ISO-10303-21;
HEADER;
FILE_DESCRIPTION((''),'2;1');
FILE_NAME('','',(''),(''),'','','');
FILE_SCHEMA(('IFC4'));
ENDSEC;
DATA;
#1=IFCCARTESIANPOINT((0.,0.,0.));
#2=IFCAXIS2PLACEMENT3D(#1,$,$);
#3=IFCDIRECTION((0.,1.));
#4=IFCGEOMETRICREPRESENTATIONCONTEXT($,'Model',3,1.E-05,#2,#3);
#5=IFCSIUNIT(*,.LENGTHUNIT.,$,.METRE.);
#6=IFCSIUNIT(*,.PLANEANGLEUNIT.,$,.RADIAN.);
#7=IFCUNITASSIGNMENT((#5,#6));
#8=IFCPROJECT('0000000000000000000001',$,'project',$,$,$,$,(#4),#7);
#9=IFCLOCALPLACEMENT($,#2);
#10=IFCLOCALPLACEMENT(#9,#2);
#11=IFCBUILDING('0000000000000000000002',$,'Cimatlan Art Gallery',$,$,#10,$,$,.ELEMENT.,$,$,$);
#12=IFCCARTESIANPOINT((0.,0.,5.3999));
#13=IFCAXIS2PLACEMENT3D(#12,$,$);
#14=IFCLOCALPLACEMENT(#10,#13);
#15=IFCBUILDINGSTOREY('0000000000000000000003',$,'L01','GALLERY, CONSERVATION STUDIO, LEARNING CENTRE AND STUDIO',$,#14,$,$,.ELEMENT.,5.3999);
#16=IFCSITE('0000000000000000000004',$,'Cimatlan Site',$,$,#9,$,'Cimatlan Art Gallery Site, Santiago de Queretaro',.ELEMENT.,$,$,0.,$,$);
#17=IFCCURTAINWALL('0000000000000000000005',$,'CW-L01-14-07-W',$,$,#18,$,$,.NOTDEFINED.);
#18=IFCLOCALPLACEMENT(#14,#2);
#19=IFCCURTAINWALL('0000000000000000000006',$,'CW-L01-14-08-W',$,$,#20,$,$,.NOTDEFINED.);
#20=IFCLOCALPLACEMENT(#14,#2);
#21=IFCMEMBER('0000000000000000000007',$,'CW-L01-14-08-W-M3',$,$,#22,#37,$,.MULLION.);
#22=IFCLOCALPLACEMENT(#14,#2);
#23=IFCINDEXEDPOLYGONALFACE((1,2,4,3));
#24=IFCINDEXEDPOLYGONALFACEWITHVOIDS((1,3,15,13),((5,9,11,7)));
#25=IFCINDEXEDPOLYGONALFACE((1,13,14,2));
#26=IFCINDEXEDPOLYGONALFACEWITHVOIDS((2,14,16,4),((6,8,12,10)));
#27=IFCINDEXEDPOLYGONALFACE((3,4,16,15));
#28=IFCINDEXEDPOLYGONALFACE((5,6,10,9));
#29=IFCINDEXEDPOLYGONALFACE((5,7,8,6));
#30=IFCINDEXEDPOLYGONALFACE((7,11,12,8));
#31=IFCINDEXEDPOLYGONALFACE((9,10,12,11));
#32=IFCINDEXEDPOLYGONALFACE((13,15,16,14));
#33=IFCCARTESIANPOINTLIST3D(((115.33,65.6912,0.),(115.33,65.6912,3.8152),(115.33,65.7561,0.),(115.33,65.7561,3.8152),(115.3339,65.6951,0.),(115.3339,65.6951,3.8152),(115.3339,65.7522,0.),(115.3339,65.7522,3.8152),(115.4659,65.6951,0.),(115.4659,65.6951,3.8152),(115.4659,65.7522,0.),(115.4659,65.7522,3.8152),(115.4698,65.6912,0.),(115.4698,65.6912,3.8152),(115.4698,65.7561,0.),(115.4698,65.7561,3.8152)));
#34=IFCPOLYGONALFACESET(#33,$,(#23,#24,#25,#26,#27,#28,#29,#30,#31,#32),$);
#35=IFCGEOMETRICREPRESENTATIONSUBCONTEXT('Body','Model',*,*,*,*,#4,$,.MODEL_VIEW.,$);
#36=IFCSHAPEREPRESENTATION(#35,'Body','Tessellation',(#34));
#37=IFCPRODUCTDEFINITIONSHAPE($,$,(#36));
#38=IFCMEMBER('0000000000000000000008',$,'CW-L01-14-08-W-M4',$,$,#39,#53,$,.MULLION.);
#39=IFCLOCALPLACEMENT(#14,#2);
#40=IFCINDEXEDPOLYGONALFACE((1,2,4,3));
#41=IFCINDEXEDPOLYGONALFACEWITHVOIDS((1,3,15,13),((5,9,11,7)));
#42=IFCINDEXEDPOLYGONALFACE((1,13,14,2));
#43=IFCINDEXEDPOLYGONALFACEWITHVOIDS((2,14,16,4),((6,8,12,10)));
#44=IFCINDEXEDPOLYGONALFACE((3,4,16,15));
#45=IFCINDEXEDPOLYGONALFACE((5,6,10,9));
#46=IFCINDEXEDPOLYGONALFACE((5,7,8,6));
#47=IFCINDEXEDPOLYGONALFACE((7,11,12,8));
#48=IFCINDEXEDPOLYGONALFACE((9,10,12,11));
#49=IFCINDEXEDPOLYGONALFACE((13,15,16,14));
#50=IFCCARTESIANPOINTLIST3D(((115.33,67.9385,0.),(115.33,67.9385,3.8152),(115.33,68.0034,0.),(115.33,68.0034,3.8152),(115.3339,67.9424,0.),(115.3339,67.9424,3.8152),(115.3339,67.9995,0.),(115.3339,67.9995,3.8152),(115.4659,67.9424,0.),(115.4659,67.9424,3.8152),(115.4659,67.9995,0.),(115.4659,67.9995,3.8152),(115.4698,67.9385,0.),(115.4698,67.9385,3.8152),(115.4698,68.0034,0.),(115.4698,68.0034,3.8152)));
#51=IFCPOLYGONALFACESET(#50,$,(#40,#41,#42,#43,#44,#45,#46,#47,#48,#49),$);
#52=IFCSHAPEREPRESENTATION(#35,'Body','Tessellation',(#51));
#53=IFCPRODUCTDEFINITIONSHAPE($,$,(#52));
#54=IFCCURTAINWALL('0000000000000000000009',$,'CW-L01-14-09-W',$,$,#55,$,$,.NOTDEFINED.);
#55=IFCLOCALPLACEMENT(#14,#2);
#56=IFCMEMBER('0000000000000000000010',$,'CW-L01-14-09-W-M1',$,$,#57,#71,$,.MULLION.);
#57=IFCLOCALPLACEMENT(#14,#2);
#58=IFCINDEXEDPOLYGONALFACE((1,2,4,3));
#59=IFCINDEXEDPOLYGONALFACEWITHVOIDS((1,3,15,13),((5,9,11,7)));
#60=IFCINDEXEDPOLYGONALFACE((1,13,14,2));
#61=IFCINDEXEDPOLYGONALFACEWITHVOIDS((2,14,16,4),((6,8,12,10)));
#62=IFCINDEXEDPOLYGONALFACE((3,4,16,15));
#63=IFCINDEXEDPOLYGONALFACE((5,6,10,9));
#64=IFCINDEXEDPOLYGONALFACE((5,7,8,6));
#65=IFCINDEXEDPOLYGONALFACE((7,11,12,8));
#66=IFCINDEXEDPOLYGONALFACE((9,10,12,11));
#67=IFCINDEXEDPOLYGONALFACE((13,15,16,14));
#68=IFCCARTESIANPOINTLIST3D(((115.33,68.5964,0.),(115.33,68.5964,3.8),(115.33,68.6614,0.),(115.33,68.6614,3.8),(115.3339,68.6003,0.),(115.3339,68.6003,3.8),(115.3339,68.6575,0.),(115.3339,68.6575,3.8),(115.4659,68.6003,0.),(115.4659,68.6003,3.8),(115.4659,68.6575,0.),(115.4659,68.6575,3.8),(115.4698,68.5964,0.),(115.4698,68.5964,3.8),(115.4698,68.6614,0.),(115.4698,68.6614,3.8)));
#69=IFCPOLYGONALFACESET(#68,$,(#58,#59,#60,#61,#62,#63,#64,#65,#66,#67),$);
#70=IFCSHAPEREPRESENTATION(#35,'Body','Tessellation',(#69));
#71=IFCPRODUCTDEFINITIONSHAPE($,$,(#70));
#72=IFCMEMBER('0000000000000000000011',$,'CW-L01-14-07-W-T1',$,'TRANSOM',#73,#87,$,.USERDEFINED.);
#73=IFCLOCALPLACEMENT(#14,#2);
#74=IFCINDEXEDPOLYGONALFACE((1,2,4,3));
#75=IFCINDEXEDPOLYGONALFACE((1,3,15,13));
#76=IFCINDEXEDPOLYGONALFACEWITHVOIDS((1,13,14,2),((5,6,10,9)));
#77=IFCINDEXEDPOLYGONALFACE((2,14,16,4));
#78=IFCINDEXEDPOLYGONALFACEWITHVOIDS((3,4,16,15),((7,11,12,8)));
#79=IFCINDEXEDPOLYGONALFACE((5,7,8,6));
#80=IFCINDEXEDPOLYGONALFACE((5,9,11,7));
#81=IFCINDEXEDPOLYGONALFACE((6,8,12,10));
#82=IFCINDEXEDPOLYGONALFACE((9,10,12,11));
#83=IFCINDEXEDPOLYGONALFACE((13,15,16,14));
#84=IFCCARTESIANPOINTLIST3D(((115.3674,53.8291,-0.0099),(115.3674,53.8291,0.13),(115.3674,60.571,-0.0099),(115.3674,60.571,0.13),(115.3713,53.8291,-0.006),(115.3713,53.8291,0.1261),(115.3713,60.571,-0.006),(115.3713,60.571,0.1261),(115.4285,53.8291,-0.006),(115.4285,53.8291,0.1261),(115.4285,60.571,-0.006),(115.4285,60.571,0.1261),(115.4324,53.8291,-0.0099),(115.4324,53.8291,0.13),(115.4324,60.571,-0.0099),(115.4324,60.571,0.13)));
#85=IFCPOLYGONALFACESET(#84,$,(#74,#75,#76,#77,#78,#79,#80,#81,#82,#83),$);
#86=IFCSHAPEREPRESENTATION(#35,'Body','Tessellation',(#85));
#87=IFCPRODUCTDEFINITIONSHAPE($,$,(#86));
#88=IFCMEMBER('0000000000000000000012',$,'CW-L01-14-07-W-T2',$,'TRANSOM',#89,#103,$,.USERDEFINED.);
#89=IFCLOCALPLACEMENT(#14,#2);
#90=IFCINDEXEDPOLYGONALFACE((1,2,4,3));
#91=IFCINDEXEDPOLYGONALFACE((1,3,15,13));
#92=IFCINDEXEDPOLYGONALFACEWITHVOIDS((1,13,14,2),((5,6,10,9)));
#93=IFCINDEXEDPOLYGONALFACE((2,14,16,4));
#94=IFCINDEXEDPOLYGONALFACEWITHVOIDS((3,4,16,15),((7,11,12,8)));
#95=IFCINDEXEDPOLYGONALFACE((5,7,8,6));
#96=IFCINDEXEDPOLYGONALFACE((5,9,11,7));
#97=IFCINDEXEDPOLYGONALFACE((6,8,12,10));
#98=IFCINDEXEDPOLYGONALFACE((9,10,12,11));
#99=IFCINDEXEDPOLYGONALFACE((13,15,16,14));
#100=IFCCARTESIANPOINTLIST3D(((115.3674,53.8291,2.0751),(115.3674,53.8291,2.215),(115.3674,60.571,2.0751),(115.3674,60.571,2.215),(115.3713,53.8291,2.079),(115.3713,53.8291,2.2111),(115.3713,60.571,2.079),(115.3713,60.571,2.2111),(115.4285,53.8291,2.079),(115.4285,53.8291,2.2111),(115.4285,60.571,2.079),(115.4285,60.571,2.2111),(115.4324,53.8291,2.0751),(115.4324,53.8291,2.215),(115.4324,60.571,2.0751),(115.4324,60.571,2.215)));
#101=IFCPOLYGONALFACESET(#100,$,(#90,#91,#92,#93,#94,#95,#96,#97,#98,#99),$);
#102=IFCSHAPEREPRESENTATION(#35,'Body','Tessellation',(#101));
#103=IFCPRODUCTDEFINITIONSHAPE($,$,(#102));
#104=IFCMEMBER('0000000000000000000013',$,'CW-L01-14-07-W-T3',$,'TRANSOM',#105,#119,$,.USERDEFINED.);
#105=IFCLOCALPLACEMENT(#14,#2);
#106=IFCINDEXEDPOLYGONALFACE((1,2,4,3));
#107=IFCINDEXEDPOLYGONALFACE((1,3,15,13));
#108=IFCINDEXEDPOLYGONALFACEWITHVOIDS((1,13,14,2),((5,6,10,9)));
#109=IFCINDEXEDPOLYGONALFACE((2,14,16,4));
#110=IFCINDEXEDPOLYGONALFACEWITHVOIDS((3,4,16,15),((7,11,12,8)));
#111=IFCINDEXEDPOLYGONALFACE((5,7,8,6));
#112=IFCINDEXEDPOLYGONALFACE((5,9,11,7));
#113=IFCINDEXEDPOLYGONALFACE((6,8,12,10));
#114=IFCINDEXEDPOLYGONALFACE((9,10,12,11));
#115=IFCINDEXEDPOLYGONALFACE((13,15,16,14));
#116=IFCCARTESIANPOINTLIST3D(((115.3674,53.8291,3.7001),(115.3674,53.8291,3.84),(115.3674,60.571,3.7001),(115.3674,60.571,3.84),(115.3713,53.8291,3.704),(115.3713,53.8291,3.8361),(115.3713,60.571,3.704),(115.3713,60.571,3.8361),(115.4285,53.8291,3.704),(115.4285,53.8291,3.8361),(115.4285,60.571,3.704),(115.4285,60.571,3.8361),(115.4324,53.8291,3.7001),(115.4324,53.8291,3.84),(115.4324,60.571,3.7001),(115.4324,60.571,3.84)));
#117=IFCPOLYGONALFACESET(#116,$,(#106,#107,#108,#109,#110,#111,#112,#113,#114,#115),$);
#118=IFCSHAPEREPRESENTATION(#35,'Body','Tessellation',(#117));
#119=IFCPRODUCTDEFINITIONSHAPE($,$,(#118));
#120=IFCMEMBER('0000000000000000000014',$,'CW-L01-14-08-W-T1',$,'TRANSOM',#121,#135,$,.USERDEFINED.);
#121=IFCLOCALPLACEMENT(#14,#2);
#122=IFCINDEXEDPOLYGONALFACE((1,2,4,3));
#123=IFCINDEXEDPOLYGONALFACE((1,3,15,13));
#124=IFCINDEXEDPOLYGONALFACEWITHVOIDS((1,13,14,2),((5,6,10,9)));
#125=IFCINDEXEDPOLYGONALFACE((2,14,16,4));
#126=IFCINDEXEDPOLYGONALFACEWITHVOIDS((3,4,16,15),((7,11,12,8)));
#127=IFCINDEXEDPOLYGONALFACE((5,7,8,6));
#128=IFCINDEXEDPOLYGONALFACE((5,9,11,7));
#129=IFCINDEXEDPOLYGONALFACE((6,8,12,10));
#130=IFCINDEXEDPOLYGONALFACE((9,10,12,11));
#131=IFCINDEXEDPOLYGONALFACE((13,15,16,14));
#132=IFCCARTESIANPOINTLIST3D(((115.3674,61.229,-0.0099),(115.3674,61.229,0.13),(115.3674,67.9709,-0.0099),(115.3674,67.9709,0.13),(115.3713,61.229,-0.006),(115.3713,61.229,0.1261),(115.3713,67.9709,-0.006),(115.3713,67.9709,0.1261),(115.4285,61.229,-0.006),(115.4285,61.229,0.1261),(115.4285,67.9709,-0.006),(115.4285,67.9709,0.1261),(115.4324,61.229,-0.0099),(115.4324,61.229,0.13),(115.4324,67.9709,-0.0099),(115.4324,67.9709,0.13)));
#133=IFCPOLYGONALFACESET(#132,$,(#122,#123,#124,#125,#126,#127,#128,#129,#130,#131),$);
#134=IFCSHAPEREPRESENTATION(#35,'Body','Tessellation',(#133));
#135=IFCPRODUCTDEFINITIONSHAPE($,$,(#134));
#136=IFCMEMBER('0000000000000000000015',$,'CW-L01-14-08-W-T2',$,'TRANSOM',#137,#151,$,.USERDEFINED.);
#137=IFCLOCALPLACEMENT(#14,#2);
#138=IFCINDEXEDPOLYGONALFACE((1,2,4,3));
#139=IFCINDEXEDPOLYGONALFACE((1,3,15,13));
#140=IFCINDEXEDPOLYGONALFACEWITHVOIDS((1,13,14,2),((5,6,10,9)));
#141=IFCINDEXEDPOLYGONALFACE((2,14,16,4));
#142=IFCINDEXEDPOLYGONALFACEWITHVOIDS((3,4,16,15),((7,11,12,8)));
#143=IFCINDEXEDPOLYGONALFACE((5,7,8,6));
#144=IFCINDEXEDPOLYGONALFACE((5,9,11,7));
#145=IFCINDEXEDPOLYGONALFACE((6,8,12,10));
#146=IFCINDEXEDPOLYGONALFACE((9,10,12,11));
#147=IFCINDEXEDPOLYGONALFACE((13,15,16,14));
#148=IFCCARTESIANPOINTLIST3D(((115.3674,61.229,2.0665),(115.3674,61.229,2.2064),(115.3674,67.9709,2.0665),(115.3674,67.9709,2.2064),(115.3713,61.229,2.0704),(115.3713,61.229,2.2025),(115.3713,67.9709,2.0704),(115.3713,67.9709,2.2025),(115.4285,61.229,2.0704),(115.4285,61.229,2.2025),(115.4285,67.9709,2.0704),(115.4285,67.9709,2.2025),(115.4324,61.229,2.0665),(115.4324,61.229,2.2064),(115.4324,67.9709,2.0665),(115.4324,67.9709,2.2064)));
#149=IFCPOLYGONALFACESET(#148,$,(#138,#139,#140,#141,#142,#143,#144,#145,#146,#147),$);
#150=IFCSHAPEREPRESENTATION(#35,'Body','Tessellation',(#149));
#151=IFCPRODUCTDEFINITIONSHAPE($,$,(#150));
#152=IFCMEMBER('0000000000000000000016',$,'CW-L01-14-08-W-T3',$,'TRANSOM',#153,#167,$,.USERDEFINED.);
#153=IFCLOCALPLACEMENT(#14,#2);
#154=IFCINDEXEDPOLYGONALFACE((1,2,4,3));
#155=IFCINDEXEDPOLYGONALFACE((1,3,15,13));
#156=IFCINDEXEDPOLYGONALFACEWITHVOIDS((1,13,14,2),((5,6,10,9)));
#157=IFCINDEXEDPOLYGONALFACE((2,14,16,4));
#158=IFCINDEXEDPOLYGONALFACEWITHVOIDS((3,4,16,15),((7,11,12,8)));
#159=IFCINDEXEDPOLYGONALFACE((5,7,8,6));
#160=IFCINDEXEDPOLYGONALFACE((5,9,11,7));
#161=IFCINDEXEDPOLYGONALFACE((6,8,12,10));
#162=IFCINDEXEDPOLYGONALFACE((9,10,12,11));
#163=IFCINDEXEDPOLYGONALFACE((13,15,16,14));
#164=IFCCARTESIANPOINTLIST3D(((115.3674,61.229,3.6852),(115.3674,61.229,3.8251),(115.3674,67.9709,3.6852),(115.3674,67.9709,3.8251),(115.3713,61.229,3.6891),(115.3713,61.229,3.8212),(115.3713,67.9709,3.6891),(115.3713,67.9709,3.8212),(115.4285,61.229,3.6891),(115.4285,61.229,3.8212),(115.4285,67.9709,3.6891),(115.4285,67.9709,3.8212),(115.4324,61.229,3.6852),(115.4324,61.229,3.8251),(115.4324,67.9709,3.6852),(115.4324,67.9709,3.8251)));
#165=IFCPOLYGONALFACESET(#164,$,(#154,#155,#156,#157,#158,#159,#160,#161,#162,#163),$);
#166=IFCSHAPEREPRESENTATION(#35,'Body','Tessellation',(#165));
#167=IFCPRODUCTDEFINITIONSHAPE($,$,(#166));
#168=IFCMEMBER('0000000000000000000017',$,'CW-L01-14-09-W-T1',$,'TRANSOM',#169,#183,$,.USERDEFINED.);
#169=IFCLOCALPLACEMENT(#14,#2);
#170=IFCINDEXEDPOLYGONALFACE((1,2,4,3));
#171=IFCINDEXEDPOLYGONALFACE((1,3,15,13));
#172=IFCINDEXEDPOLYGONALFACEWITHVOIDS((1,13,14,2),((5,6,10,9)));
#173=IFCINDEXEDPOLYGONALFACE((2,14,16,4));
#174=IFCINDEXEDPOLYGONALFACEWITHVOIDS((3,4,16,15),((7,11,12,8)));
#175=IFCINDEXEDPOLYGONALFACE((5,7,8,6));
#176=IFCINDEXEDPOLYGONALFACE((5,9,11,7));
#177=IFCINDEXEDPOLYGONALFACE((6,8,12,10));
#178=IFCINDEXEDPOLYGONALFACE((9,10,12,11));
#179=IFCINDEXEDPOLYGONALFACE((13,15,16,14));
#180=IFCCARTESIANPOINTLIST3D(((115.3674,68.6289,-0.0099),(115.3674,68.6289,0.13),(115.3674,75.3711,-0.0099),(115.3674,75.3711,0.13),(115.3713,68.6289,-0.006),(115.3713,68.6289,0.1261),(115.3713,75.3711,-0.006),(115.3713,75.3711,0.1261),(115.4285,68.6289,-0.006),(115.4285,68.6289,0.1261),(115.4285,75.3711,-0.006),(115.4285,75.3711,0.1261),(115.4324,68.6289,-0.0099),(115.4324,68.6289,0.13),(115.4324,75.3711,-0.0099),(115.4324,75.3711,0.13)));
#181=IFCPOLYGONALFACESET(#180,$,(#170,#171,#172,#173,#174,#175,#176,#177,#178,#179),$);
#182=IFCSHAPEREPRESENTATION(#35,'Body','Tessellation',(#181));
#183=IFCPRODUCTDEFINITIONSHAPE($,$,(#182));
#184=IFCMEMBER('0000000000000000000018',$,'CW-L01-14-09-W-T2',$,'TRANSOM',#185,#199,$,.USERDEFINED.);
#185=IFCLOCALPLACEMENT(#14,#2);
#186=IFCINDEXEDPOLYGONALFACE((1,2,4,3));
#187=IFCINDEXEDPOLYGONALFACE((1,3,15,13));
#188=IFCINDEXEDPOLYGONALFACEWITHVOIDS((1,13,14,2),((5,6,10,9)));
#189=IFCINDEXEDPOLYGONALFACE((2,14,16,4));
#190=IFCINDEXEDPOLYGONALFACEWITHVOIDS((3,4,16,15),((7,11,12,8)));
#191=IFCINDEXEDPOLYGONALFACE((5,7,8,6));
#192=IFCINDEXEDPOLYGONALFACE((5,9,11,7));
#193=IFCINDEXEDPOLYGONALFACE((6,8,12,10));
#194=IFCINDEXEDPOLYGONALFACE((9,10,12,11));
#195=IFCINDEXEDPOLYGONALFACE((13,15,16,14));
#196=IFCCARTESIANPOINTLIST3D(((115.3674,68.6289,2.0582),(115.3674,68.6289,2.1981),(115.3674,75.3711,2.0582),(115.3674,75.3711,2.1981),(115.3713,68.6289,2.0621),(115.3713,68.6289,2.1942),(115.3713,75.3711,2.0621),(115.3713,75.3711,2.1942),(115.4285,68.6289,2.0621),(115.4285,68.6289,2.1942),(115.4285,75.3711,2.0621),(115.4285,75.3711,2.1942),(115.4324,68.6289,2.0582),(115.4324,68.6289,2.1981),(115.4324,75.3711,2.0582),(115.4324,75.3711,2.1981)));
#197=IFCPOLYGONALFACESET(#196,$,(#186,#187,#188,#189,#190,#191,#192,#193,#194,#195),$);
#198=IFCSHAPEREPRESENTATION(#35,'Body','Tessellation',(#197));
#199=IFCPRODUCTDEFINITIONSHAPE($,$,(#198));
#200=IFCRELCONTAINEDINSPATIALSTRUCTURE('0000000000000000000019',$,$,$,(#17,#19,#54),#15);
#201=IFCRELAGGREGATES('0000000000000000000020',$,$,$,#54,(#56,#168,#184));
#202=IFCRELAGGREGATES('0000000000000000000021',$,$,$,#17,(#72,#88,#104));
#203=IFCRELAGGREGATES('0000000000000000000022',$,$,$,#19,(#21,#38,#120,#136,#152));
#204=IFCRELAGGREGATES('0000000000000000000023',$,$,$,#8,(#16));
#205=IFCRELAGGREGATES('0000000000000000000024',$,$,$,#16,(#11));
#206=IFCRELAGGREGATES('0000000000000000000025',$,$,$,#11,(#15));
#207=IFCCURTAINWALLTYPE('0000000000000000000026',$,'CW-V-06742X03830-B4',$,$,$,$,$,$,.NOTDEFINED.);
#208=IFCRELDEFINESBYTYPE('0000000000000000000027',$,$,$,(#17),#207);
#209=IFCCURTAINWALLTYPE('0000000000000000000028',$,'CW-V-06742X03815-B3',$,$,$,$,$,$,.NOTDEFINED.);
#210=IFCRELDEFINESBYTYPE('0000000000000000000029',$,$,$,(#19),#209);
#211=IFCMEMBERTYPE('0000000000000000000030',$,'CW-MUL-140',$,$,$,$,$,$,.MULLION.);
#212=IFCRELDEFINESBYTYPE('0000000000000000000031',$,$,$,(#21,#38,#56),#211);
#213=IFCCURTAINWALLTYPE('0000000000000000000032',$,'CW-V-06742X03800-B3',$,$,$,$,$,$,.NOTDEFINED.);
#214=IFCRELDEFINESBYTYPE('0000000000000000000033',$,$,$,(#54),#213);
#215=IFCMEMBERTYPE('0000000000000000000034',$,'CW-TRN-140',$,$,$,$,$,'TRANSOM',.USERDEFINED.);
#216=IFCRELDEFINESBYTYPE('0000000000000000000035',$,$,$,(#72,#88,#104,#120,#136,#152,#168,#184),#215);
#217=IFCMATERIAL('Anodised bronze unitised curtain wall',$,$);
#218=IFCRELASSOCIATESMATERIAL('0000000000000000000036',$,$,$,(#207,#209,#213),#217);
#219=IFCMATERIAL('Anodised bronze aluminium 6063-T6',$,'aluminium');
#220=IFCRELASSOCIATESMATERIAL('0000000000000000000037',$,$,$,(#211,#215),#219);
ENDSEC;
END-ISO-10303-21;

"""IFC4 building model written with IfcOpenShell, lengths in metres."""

from ifc_helpers import new_model, si_unit, direction, frame, origin, origin_2d, place, context, subcontext, project, spatial, hollow_rectangle, extrude, material, material_profile, profile_set, type_object, element, aggregate, save


model = new_model("IFC4")

# Units and contexts
model_context = context("Model", 3, precision=1e-05, world=origin(), true_north=direction((0.0, 1.0)))
body_context = subcontext(model_context, "Body", "Model", "MODEL_VIEW")
ifc_project = project(units=[si_unit("LENGTHUNIT", "METRE"), si_unit("PLANEANGLEUNIT", "RADIAN")], contexts=[model_context])

# Site, building, storey
site_placement = place(None, origin())
site = spatial("IfcSite", under=ifc_project, at=site_placement, Name="Cimatlan Site", LongName="Cimatlan Art Gallery Site, Santiago de Queretaro", CompositionType="ELEMENT", RefElevation=0.0)
building_placement = place(site_placement, origin())
building = spatial("IfcBuilding", under=site, at=building_placement, Name="Cimatlan Art Gallery", CompositionType="ELEMENT")
storey_placement = place(building_placement, frame((0.0, 0.0, 5.3999)))
storey = spatial("IfcBuildingStorey", under=building, at=storey_placement, Name="L01", Description="GALLERY, CONSERVATION STUDIO, LEARNING CENTRE AND STUDIO", CompositionType="ELEMENT", Elevation=5.3999)

# Curtain walls, members
ifc_material_1 = material(Name="Anodised bronze unitised curtain wall")
curtain_wall_type_1 = type_object("IfcCurtainWallType", Name="CW-V-06742X03830-B4", PredefinedType="NOTDEFINED", material=ifc_material_1)
curtain_wall_1_placement = place(storey_placement, origin())
curtain_wall_1 = element("IfcCurtainWall", 1, at=curtain_wall_1_placement, inside=storey, type_object=curtain_wall_type_1, Name="CW-L01-14-07-W", PredefinedType="NOTDEFINED")
ifc_material_2 = material(Name="Anodised bronze aluminium 6063-T6", Category="aluminium")
ifc_material_profile_1 = material_profile(ifc_material_2, hollow_rectangle(XDim=0.0649, YDim=0.1399, WallThickness=0.0039, at=origin_2d()), Name="ALU65X140X4")
ifc_profile_set_1 = profile_set([ifc_material_profile_1], Name="Anodised bronze aluminium 6063-T6")
member_type_1 = type_object("IfcMemberType", Name="CW-MUL-140", PredefinedType="MULLION", material=ifc_profile_set_1)
curtain_wall_type_2 = type_object("IfcCurtainWallType", Name="CW-V-06742X03815-B3", PredefinedType="NOTDEFINED", material=ifc_material_1)
curtain_wall_2_placement = place(storey_placement, origin())
curtain_wall_2 = element("IfcCurtainWall", 2, at=curtain_wall_2_placement, inside=storey, type_object=curtain_wall_type_2, Name="CW-L01-14-08-W", PredefinedType="NOTDEFINED")
member_1_placement = place(storey_placement, frame((115.3999, 65.7236, 0.0), z_axis=(0.0, 0.0, 1.0), x_axis=(0.0, 1.0, 0.0)))
member_1 = element("IfcMember", 3, at=member_1_placement, type_object=member_type_1, Name="CW-L01-14-08-W-M3", PredefinedType="MULLION", context=body_context, shape_type="SweptSolid", body=[
    extrude(hollow_rectangle(XDim=0.0649, YDim=0.1399, WallThickness=0.0039, at=origin_2d()), origin(), (0.0, 0.0, 1.0), 3.8152),
])
member_2_placement = place(storey_placement, frame((115.3999, 67.9709, 0.0), z_axis=(0.0, 0.0, 1.0), x_axis=(0.0, 1.0, 0.0)))
member_2 = element("IfcMember", 4, at=member_2_placement, type_object=member_type_1, Name="CW-L01-14-08-W-M4", PredefinedType="MULLION", context=body_context, shape_type="SweptSolid", body=[
    extrude(hollow_rectangle(XDim=0.0649, YDim=0.1399, WallThickness=0.0039, at=origin_2d()), origin(), (0.0, 0.0, 1.0), 3.8152),
])

# Curtain wall, member
curtain_wall_type_3 = type_object("IfcCurtainWallType", Name="CW-V-06742X03800-B3", PredefinedType="NOTDEFINED", material=ifc_material_1)
curtain_wall_3_placement = place(storey_placement, origin())
curtain_wall_3 = element("IfcCurtainWall", 5, at=curtain_wall_3_placement, inside=storey, type_object=curtain_wall_type_3, Name="CW-L01-14-09-W", PredefinedType="NOTDEFINED")
member_3_placement = place(storey_placement, frame((115.3999, 68.6289, 0.0), z_axis=(0.0, 0.0, 1.0), x_axis=(0.0, 1.0, 0.0)))
member_3 = element("IfcMember", 6, at=member_3_placement, type_object=member_type_1, Name="CW-L01-14-09-W-M1", PredefinedType="MULLION", context=body_context, shape_type="SweptSolid", body=[
    extrude(hollow_rectangle(XDim=0.0649, YDim=0.1399, WallThickness=0.0039, at=origin_2d()), origin(), (0.0, 0.0, 1.0), 3.8),
])

# Members
ifc_material_profile_2 = material_profile(ifc_material_2, hollow_rectangle(XDim=0.0649, YDim=0.1399, WallThickness=0.0039, at=origin_2d()), Name="ALU65X140X4")
ifc_profile_set_2 = profile_set([ifc_material_profile_2], Name="Anodised bronze aluminium 6063-T6")
member_type_2 = type_object("IfcMemberType", Name="CW-TRN-140", ElementType="TRANSOM", PredefinedType="USERDEFINED", material=ifc_profile_set_2)
member_4_placement = place(storey_placement, frame((115.3999, 53.8291, 0.0601), z_axis=(0.0, 1.0, 0.0), x_axis=(-1.0, 0.0, 0.0)))
member_4 = element("IfcMember", 7, at=member_4_placement, type_object=member_type_2, Name="CW-L01-14-07-W-T1", ObjectType="TRANSOM", PredefinedType="USERDEFINED", context=body_context, shape_type="SweptSolid", body=[
    extrude(hollow_rectangle(XDim=0.0649, YDim=0.1399, WallThickness=0.0039, at=origin_2d()), origin(), (0.0, 0.0, 1.0), 6.7419),
])
member_5_placement = place(storey_placement, frame((115.3999, 53.8291, 2.145), z_axis=(0.0, 1.0, 0.0), x_axis=(-1.0, 0.0, 0.0)))
member_5 = element("IfcMember", 8, at=member_5_placement, type_object=member_type_2, Name="CW-L01-14-07-W-T2", ObjectType="TRANSOM", PredefinedType="USERDEFINED", context=body_context, shape_type="SweptSolid", body=[
    extrude(hollow_rectangle(XDim=0.0649, YDim=0.1399, WallThickness=0.0039, at=origin_2d()), origin(), (0.0, 0.0, 1.0), 6.7419),
])
member_6_placement = place(storey_placement, frame((115.3999, 53.8291, 3.77), z_axis=(0.0, 1.0, 0.0), x_axis=(-1.0, 0.0, 0.0)))
member_6 = element("IfcMember", 9, at=member_6_placement, type_object=member_type_2, Name="CW-L01-14-07-W-T3", ObjectType="TRANSOM", PredefinedType="USERDEFINED", context=body_context, shape_type="SweptSolid", body=[
    extrude(hollow_rectangle(XDim=0.0649, YDim=0.1399, WallThickness=0.0039, at=origin_2d()), origin(), (0.0, 0.0, 1.0), 6.7419),
])
member_7_placement = place(storey_placement, frame((115.3999, 61.229, 0.0601), z_axis=(0.0, 1.0, 0.0), x_axis=(-1.0, 0.0, 0.0)))
member_7 = element("IfcMember", 10, at=member_7_placement, type_object=member_type_2, Name="CW-L01-14-08-W-T1", ObjectType="TRANSOM", PredefinedType="USERDEFINED", context=body_context, shape_type="SweptSolid", body=[
    extrude(hollow_rectangle(XDim=0.0649, YDim=0.1399, WallThickness=0.0039, at=origin_2d()), origin(), (0.0, 0.0, 1.0), 6.7419),
])
member_8_placement = place(storey_placement, frame((115.3999, 61.229, 2.1365), z_axis=(0.0, 1.0, 0.0), x_axis=(-1.0, 0.0, 0.0)))
member_8 = element("IfcMember", 11, at=member_8_placement, type_object=member_type_2, Name="CW-L01-14-08-W-T2", ObjectType="TRANSOM", PredefinedType="USERDEFINED", context=body_context, shape_type="SweptSolid", body=[
    extrude(hollow_rectangle(XDim=0.0649, YDim=0.1399, WallThickness=0.0039, at=origin_2d()), origin(), (0.0, 0.0, 1.0), 6.7419),
])
member_9_placement = place(storey_placement, frame((115.3999, 61.229, 3.7551), z_axis=(0.0, 1.0, 0.0), x_axis=(-1.0, 0.0, 0.0)))
member_9 = element("IfcMember", 12, at=member_9_placement, type_object=member_type_2, Name="CW-L01-14-08-W-T3", ObjectType="TRANSOM", PredefinedType="USERDEFINED", context=body_context, shape_type="SweptSolid", body=[
    extrude(hollow_rectangle(XDim=0.0649, YDim=0.1399, WallThickness=0.0039, at=origin_2d()), origin(), (0.0, 0.0, 1.0), 6.7419),
])
member_10_placement = place(storey_placement, frame((115.3999, 68.6289, 0.0601), z_axis=(0.0, 1.0, 0.0), x_axis=(-1.0, 0.0, 0.0)))
member_10 = element("IfcMember", 13, at=member_10_placement, type_object=member_type_2, Name="CW-L01-14-09-W-T1", ObjectType="TRANSOM", PredefinedType="USERDEFINED", context=body_context, shape_type="SweptSolid", body=[
    extrude(hollow_rectangle(XDim=0.0649, YDim=0.1399, WallThickness=0.0039, at=origin_2d()), origin(), (0.0, 0.0, 1.0), 6.7422),
])
member_11_placement = place(storey_placement, frame((115.3999, 68.6289, 2.1282), z_axis=(0.0, 1.0, 0.0), x_axis=(-1.0, 0.0, 0.0)))
member_11 = element("IfcMember", 14, at=member_11_placement, type_object=member_type_2, Name="CW-L01-14-09-W-T2", ObjectType="TRANSOM", PredefinedType="USERDEFINED", context=body_context, shape_type="SweptSolid", body=[
    extrude(hollow_rectangle(XDim=0.0649, YDim=0.1399, WallThickness=0.0039, at=origin_2d()), origin(), (0.0, 0.0, 1.0), 6.7422),
])
aggregate(curtain_wall_3, [member_3, member_10, member_11])

aggregate(curtain_wall_1, [member_4, member_5, member_6])
aggregate(curtain_wall_2, [member_1, member_2, member_7, member_8, member_9])

save(model, "model.ifc")
